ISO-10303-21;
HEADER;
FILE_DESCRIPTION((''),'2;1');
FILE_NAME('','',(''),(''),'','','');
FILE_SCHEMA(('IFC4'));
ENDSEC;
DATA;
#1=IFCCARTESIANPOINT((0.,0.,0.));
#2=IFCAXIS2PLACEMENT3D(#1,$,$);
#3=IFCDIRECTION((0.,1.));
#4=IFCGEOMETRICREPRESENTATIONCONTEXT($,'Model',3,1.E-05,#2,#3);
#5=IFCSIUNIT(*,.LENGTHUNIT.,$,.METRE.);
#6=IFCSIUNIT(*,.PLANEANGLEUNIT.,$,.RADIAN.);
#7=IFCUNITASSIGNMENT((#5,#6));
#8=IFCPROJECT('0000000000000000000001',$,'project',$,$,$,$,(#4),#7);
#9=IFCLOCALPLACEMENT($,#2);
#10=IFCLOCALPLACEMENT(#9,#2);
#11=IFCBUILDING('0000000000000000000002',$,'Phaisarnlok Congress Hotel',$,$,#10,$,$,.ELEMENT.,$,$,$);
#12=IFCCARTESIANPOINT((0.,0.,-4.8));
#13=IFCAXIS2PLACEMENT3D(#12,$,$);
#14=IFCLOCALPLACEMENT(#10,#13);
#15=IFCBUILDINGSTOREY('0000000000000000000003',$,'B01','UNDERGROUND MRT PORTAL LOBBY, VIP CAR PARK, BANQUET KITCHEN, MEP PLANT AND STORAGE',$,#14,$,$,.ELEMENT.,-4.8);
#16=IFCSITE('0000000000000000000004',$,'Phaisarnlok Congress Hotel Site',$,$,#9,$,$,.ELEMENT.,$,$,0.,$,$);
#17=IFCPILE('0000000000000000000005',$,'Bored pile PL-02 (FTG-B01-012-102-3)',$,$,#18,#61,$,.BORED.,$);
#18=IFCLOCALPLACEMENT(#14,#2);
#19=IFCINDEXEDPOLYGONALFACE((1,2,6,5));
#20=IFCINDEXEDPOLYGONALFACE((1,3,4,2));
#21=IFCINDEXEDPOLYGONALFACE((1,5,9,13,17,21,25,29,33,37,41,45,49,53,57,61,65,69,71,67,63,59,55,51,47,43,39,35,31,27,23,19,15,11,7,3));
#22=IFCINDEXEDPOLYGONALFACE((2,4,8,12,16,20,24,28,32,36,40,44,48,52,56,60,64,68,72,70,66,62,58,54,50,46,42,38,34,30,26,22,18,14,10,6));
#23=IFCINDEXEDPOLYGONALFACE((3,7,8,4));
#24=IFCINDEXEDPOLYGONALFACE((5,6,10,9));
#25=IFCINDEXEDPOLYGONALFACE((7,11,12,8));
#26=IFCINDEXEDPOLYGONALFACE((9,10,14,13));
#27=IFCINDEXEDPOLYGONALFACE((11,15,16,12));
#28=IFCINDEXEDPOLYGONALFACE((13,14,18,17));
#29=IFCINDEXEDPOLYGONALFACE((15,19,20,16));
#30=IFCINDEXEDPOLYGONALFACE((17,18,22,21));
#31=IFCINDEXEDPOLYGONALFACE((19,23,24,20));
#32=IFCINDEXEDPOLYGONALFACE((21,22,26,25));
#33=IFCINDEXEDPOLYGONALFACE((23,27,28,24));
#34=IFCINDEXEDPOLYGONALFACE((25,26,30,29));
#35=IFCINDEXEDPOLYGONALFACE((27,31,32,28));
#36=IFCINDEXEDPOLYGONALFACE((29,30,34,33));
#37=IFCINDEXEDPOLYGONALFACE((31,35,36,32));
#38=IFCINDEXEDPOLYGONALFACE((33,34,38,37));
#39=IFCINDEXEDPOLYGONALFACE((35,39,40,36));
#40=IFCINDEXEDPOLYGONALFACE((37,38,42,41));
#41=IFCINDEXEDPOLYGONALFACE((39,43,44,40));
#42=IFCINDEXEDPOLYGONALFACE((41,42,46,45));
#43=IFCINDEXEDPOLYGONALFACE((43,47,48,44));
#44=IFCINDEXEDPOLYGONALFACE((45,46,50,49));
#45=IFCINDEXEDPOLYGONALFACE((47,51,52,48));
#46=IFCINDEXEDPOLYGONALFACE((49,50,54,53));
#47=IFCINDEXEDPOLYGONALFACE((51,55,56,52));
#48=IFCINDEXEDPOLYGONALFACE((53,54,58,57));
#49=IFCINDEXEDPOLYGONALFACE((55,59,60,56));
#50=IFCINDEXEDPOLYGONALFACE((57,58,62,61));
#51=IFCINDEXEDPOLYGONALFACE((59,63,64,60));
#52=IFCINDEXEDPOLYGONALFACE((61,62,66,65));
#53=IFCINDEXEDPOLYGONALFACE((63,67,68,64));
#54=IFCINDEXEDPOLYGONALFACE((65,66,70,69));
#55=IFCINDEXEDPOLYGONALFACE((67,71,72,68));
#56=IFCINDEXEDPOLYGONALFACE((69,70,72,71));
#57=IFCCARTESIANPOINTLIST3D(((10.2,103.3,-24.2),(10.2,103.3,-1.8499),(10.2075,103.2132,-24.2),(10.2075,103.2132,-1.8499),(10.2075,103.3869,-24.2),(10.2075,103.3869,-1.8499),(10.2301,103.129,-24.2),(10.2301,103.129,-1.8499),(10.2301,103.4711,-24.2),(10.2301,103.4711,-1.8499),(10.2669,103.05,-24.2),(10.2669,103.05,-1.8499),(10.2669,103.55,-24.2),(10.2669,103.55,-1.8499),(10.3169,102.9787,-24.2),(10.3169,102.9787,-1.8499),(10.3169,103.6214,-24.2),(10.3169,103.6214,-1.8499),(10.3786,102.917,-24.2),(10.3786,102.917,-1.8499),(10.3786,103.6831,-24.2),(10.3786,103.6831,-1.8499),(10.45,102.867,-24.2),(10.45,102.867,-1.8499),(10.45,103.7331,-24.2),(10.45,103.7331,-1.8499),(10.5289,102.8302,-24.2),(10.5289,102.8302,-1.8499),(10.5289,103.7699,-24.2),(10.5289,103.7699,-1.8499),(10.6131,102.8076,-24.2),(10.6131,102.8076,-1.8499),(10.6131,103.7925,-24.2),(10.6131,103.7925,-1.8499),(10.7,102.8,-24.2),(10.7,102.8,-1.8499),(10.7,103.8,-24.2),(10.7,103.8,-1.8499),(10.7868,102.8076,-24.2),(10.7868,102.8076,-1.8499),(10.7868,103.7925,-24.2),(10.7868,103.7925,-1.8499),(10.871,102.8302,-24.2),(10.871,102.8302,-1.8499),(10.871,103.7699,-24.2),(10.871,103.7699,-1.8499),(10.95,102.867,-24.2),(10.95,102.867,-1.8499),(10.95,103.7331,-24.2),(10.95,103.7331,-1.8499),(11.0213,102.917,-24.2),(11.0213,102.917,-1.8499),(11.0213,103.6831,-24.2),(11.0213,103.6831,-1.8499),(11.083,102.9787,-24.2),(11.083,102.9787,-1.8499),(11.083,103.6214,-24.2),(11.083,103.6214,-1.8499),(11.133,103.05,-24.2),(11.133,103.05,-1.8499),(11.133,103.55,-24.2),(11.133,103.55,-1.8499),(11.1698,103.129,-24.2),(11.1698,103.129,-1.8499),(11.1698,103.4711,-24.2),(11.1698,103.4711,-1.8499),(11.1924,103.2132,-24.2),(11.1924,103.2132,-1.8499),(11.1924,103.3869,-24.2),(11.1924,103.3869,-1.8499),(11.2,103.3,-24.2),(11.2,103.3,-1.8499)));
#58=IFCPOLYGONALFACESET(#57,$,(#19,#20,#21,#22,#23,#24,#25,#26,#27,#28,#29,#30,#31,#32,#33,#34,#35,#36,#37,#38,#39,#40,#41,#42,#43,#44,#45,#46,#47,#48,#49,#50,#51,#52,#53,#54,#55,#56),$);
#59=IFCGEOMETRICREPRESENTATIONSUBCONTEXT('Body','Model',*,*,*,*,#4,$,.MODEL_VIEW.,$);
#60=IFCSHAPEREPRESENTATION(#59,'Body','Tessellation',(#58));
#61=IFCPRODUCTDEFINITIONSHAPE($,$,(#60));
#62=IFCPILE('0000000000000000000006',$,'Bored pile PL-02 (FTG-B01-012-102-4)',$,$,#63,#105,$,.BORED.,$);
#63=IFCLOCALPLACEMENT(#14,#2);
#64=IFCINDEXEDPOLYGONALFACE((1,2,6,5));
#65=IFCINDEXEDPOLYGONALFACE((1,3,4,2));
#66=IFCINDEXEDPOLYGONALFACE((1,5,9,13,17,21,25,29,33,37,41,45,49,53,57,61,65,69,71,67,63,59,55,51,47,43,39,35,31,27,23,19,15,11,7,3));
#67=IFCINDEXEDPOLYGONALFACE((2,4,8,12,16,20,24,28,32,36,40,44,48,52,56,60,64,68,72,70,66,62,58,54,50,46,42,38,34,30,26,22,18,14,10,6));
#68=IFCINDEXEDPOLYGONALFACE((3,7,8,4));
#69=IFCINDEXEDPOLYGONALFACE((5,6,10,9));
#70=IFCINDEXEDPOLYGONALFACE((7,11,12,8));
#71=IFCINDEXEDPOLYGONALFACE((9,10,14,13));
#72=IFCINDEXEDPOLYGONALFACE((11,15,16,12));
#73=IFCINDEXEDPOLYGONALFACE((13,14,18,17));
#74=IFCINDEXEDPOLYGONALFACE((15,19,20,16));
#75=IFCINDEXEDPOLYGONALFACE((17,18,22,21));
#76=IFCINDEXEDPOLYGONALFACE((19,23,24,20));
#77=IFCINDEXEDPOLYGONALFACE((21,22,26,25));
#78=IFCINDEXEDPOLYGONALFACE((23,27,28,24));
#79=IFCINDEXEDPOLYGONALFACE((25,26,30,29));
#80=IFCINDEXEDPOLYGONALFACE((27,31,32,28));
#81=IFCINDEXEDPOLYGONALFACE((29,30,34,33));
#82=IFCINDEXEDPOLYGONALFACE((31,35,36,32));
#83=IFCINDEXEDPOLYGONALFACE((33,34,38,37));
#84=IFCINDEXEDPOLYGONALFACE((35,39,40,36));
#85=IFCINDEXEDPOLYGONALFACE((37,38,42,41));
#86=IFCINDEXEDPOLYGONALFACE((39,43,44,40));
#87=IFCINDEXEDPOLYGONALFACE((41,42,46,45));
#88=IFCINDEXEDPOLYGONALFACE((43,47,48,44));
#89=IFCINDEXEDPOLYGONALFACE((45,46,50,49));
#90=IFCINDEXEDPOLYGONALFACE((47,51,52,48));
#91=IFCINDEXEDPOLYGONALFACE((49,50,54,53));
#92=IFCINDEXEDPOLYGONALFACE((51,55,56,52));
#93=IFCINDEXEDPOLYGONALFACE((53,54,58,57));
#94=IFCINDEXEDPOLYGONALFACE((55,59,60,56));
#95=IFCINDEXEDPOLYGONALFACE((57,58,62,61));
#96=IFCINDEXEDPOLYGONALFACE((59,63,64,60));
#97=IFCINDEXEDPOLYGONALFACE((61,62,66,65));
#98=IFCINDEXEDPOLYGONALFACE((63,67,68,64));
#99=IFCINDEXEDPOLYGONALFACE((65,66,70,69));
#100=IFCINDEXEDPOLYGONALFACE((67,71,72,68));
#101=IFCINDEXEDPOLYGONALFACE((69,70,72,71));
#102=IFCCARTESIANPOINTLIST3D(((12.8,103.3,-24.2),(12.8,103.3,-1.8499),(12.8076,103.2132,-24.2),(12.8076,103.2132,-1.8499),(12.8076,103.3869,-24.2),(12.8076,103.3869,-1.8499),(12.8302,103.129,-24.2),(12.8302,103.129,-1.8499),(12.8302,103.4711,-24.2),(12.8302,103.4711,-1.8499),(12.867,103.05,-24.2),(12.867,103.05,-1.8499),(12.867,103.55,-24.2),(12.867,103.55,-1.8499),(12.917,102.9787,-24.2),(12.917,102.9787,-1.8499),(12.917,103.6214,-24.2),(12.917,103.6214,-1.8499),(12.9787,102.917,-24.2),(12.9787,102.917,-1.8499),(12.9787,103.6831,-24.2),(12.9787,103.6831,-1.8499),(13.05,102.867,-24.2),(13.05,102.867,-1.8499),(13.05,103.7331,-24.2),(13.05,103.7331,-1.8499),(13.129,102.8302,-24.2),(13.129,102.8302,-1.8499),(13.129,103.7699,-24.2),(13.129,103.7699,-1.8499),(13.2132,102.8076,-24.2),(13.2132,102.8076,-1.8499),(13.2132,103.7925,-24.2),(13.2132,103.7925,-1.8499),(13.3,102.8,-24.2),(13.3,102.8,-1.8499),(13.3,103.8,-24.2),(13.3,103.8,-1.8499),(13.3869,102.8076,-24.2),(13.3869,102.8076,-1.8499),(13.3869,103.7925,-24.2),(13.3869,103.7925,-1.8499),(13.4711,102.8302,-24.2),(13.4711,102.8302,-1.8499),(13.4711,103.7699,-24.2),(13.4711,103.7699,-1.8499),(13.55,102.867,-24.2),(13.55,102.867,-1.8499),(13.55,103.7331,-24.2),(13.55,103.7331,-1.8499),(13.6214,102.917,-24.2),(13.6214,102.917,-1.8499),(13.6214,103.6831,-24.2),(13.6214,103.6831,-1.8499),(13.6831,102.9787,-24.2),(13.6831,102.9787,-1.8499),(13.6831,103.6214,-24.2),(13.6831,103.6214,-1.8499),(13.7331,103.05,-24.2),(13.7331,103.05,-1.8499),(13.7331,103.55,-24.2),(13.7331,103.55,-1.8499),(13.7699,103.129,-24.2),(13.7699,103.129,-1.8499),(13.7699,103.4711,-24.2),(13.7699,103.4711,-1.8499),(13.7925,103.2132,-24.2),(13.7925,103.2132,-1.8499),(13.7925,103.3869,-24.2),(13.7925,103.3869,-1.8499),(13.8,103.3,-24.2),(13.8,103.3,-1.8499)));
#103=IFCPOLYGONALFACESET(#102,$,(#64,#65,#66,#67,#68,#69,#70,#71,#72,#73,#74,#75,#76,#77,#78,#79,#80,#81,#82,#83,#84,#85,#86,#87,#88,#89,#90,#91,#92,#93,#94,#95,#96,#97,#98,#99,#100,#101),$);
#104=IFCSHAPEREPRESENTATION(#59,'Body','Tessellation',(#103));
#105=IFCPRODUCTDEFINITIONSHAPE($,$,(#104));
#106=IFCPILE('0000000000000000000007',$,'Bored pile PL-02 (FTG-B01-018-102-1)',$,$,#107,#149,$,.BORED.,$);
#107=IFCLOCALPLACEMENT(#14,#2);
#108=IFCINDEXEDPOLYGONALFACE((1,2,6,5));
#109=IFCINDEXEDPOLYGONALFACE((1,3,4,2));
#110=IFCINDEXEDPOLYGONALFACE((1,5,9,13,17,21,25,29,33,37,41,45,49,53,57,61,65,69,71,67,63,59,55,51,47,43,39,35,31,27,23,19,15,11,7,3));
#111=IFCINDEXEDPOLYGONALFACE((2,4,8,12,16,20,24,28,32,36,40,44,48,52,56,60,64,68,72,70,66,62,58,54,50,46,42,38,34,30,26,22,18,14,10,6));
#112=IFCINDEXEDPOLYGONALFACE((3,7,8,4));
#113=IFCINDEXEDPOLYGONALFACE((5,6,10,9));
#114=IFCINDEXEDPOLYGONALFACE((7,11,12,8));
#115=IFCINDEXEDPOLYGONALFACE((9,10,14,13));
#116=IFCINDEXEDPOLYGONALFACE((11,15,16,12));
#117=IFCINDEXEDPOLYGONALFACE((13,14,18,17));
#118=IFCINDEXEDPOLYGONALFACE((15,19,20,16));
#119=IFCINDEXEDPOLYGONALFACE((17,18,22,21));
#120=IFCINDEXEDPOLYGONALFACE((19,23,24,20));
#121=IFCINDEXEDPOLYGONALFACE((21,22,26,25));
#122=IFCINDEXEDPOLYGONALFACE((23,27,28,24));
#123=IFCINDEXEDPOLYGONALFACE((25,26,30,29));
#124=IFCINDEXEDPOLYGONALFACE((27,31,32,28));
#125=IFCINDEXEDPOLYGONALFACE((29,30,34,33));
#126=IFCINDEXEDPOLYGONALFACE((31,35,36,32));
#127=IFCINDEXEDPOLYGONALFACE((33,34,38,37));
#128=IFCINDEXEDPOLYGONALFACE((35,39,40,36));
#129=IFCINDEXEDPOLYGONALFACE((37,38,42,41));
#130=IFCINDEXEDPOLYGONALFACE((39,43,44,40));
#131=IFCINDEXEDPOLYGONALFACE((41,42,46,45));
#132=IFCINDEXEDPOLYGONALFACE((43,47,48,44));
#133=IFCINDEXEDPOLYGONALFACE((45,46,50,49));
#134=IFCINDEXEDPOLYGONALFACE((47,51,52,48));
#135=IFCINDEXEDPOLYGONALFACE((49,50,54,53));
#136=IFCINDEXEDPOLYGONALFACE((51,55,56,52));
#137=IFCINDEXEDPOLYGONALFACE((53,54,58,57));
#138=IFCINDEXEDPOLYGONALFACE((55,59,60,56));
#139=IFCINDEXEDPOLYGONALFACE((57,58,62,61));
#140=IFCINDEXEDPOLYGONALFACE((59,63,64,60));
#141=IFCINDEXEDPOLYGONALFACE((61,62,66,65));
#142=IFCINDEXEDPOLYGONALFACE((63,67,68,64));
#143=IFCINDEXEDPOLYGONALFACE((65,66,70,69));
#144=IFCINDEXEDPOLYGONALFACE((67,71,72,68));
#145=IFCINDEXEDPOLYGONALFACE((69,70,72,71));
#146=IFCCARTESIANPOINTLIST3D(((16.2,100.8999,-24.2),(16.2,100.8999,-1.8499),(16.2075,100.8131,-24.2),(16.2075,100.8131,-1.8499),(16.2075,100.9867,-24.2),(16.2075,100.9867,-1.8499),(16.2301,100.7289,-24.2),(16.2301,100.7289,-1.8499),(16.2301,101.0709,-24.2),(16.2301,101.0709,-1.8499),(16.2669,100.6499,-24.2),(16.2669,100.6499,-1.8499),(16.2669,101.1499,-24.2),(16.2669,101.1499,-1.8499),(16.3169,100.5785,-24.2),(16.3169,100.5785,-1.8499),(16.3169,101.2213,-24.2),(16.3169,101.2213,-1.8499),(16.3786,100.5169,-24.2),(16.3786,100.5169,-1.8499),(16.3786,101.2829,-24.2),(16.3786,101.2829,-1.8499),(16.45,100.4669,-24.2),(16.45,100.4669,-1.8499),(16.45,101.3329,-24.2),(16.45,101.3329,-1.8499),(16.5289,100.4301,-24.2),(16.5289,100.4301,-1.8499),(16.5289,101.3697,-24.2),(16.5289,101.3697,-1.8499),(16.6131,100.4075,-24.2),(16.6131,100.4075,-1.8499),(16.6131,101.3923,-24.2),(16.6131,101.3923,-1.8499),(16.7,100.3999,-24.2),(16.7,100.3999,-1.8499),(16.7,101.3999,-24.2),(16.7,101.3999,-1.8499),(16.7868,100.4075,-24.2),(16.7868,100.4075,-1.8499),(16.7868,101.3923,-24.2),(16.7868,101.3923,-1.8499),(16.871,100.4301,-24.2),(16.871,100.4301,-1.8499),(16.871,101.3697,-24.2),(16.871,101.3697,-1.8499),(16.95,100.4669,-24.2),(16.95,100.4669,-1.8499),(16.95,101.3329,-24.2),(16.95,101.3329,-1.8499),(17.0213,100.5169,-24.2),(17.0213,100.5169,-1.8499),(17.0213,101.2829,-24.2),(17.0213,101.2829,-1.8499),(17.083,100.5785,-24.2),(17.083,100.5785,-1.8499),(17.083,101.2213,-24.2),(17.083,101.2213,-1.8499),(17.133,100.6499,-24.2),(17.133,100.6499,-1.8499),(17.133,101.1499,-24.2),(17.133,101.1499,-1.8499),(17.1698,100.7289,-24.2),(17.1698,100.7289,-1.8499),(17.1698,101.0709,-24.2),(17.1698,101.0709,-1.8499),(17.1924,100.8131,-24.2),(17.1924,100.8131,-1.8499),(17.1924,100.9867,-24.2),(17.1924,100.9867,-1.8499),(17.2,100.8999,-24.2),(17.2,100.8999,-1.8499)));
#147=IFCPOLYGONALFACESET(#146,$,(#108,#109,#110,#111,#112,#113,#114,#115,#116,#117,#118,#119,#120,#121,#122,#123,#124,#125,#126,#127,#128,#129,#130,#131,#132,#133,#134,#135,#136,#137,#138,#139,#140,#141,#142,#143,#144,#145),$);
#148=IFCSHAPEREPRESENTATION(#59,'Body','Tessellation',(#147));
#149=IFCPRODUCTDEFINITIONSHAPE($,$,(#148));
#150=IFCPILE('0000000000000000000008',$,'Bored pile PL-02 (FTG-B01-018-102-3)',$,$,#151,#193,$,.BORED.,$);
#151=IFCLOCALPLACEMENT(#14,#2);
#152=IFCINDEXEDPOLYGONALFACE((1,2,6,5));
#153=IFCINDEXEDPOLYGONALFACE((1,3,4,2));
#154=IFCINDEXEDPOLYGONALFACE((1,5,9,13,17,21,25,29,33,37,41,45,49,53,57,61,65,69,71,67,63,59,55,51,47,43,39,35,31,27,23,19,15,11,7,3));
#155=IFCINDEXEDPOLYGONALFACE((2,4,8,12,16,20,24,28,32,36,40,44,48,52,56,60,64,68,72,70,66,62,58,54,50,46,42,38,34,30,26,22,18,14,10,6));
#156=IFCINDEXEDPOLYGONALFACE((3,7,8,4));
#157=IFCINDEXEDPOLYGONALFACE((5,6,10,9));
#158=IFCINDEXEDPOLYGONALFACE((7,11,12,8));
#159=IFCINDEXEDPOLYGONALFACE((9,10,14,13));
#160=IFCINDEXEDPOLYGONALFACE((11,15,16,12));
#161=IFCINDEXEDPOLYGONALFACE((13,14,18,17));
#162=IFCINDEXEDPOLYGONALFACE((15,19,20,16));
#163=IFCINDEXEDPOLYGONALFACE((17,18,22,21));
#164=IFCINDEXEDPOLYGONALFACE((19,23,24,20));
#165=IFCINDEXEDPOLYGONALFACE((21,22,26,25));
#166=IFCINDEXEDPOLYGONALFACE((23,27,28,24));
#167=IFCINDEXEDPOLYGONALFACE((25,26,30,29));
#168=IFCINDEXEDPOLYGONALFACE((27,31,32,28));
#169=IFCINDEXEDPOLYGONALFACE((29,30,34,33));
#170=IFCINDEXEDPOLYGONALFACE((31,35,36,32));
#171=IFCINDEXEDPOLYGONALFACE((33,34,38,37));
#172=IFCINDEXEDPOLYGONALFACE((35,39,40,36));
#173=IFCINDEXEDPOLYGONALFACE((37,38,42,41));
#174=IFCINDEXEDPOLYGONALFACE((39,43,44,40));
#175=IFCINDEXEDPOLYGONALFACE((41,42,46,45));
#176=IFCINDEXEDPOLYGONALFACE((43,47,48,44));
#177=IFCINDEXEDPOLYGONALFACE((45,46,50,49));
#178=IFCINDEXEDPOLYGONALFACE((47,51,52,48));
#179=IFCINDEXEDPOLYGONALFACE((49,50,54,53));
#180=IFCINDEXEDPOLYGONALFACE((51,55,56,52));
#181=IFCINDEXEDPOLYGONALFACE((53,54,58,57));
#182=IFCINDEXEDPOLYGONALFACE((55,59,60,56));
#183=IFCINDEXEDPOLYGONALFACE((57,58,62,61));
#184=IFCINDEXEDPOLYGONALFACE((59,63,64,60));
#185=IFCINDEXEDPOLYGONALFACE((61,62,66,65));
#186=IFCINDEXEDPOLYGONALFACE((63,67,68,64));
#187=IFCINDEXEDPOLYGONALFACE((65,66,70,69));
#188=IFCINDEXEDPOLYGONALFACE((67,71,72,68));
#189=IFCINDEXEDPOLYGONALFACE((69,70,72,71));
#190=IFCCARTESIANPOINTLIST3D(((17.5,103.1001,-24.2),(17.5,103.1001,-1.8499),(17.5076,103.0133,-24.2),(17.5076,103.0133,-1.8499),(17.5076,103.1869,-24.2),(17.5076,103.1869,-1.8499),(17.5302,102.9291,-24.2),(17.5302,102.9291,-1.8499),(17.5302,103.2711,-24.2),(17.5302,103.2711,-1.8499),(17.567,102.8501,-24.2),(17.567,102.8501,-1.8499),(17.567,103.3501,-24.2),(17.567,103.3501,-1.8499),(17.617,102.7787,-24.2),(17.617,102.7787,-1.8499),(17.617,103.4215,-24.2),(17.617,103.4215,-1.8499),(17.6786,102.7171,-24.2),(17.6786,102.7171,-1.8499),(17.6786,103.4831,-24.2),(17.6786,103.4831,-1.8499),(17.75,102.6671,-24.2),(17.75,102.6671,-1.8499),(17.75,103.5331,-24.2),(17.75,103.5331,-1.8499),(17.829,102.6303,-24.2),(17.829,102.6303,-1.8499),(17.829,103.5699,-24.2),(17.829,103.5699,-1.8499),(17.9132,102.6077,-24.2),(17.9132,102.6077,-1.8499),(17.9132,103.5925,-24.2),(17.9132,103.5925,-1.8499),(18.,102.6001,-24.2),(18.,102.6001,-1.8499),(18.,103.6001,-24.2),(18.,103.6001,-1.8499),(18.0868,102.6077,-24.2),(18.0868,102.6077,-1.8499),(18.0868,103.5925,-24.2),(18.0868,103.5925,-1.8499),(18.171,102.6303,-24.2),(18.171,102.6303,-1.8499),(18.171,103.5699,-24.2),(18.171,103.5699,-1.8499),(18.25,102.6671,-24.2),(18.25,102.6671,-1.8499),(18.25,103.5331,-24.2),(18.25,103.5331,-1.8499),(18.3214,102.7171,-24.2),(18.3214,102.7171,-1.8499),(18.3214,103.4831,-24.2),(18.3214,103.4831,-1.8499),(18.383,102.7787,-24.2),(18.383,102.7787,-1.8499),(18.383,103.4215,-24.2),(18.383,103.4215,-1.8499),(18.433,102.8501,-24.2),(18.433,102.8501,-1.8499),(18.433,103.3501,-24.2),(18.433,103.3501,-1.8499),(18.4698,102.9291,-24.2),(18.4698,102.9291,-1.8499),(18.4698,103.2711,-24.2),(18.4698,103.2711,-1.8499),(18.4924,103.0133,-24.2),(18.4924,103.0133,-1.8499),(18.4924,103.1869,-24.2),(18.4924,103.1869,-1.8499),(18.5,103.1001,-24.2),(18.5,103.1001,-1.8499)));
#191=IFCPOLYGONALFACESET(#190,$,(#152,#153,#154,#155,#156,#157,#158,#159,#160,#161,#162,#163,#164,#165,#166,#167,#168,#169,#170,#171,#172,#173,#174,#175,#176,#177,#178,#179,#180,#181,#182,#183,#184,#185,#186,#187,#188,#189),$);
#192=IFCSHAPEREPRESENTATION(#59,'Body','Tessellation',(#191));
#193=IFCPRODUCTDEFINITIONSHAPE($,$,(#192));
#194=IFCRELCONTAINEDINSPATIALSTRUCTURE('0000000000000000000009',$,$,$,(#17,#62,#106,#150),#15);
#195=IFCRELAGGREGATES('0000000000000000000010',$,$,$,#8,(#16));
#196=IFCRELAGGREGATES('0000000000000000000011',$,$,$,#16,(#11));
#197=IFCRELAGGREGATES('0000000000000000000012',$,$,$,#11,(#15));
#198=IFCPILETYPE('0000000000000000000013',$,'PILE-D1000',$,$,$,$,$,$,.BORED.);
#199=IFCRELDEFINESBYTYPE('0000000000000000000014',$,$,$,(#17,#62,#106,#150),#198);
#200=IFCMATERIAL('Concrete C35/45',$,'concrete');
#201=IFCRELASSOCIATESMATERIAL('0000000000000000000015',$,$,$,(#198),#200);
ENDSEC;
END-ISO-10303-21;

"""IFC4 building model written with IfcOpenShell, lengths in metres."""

from ifc_helpers import new_model, si_unit, direction, frame, origin, origin_2d, place, context, subcontext, project, spatial, circle, extrude, material, material_profile, profile_set, type_object, element, save


model = new_model("IFC4")

# Units and contexts
model_context = context("Model", 3, precision=1e-05, world=origin(), true_north=direction((0.0, 1.0)))
body_context = subcontext(model_context, "Body", "Model", "MODEL_VIEW")
ifc_project = project(units=[si_unit("LENGTHUNIT", "METRE"), si_unit("PLANEANGLEUNIT", "RADIAN")], contexts=[model_context])

# Site, building, storey
site_placement = place(None, origin())
site = spatial("IfcSite", under=ifc_project, at=site_placement, Name="Phaisarnlok Congress Hotel Site", CompositionType="ELEMENT", RefElevation=0.0)
building_placement = place(site_placement, origin())
building = spatial("IfcBuilding", under=site, at=building_placement, Name="Phaisarnlok Congress Hotel", CompositionType="ELEMENT")
storey_placement = place(building_placement, frame((0.0, 0.0, -4.8)))
storey = spatial("IfcBuildingStorey", under=building, at=storey_placement, Name="B01", Description="UNDERGROUND MRT PORTAL LOBBY, VIP CAR PARK, BANQUET KITCHEN, MEP PLANT AND STORAGE", CompositionType="ELEMENT", Elevation=-4.8)

# Piles
ifc_material_1 = material(Name="Concrete C35/45", Category="concrete")
ifc_material_profile_1 = material_profile(ifc_material_1, circle(Radius=0.5, at=origin_2d()), Name="BORED PILE D1000")
ifc_profile_set_1 = profile_set([ifc_material_profile_1], Name="Concrete C35/45")
pile_type_1 = type_object("IfcPileType", Name="PILE-D1000", PredefinedType="BORED", material=ifc_profile_set_1)
for number, where, z_axis, x_axis, name in (
    (1, (10.7, 103.3, -1.8499), (0.0, 0.0, -1.0), (1.0, 0.0, 0.0), "Bored pile PL-02 (FTG-B01-012-102-3)"),
    (2, (13.3, 103.3, -1.8499), (0.0, 0.0, -1.0), (1.0, 0.0, 0.0), "Bored pile PL-02 (FTG-B01-012-102-4)"),
    (3, (16.7, 100.8999, -1.8499), (0.0, 0.0, -1.0), (1.0, 0.0, 0.0), "Bored pile PL-02 (FTG-B01-018-102-1)"),
    (4, (18.0, 103.1001, -1.8499), (0.0, 0.0, -1.0), (1.0, 0.0, 0.0), "Bored pile PL-02 (FTG-B01-018-102-3)"),
):
    element("IfcPile", number, at=place(storey_placement, frame(where, z_axis=z_axis, x_axis=x_axis)), inside=storey, type_object=pile_type_1, Name=name, PredefinedType="BORED", context=body_context, shape_type="SweptSolid", body=[
        extrude(circle(Radius=0.5, at=origin_2d()), origin(), (0.0, 0.0, 1.0), 22.3501),
    ])

save(model, "model.ifc")
